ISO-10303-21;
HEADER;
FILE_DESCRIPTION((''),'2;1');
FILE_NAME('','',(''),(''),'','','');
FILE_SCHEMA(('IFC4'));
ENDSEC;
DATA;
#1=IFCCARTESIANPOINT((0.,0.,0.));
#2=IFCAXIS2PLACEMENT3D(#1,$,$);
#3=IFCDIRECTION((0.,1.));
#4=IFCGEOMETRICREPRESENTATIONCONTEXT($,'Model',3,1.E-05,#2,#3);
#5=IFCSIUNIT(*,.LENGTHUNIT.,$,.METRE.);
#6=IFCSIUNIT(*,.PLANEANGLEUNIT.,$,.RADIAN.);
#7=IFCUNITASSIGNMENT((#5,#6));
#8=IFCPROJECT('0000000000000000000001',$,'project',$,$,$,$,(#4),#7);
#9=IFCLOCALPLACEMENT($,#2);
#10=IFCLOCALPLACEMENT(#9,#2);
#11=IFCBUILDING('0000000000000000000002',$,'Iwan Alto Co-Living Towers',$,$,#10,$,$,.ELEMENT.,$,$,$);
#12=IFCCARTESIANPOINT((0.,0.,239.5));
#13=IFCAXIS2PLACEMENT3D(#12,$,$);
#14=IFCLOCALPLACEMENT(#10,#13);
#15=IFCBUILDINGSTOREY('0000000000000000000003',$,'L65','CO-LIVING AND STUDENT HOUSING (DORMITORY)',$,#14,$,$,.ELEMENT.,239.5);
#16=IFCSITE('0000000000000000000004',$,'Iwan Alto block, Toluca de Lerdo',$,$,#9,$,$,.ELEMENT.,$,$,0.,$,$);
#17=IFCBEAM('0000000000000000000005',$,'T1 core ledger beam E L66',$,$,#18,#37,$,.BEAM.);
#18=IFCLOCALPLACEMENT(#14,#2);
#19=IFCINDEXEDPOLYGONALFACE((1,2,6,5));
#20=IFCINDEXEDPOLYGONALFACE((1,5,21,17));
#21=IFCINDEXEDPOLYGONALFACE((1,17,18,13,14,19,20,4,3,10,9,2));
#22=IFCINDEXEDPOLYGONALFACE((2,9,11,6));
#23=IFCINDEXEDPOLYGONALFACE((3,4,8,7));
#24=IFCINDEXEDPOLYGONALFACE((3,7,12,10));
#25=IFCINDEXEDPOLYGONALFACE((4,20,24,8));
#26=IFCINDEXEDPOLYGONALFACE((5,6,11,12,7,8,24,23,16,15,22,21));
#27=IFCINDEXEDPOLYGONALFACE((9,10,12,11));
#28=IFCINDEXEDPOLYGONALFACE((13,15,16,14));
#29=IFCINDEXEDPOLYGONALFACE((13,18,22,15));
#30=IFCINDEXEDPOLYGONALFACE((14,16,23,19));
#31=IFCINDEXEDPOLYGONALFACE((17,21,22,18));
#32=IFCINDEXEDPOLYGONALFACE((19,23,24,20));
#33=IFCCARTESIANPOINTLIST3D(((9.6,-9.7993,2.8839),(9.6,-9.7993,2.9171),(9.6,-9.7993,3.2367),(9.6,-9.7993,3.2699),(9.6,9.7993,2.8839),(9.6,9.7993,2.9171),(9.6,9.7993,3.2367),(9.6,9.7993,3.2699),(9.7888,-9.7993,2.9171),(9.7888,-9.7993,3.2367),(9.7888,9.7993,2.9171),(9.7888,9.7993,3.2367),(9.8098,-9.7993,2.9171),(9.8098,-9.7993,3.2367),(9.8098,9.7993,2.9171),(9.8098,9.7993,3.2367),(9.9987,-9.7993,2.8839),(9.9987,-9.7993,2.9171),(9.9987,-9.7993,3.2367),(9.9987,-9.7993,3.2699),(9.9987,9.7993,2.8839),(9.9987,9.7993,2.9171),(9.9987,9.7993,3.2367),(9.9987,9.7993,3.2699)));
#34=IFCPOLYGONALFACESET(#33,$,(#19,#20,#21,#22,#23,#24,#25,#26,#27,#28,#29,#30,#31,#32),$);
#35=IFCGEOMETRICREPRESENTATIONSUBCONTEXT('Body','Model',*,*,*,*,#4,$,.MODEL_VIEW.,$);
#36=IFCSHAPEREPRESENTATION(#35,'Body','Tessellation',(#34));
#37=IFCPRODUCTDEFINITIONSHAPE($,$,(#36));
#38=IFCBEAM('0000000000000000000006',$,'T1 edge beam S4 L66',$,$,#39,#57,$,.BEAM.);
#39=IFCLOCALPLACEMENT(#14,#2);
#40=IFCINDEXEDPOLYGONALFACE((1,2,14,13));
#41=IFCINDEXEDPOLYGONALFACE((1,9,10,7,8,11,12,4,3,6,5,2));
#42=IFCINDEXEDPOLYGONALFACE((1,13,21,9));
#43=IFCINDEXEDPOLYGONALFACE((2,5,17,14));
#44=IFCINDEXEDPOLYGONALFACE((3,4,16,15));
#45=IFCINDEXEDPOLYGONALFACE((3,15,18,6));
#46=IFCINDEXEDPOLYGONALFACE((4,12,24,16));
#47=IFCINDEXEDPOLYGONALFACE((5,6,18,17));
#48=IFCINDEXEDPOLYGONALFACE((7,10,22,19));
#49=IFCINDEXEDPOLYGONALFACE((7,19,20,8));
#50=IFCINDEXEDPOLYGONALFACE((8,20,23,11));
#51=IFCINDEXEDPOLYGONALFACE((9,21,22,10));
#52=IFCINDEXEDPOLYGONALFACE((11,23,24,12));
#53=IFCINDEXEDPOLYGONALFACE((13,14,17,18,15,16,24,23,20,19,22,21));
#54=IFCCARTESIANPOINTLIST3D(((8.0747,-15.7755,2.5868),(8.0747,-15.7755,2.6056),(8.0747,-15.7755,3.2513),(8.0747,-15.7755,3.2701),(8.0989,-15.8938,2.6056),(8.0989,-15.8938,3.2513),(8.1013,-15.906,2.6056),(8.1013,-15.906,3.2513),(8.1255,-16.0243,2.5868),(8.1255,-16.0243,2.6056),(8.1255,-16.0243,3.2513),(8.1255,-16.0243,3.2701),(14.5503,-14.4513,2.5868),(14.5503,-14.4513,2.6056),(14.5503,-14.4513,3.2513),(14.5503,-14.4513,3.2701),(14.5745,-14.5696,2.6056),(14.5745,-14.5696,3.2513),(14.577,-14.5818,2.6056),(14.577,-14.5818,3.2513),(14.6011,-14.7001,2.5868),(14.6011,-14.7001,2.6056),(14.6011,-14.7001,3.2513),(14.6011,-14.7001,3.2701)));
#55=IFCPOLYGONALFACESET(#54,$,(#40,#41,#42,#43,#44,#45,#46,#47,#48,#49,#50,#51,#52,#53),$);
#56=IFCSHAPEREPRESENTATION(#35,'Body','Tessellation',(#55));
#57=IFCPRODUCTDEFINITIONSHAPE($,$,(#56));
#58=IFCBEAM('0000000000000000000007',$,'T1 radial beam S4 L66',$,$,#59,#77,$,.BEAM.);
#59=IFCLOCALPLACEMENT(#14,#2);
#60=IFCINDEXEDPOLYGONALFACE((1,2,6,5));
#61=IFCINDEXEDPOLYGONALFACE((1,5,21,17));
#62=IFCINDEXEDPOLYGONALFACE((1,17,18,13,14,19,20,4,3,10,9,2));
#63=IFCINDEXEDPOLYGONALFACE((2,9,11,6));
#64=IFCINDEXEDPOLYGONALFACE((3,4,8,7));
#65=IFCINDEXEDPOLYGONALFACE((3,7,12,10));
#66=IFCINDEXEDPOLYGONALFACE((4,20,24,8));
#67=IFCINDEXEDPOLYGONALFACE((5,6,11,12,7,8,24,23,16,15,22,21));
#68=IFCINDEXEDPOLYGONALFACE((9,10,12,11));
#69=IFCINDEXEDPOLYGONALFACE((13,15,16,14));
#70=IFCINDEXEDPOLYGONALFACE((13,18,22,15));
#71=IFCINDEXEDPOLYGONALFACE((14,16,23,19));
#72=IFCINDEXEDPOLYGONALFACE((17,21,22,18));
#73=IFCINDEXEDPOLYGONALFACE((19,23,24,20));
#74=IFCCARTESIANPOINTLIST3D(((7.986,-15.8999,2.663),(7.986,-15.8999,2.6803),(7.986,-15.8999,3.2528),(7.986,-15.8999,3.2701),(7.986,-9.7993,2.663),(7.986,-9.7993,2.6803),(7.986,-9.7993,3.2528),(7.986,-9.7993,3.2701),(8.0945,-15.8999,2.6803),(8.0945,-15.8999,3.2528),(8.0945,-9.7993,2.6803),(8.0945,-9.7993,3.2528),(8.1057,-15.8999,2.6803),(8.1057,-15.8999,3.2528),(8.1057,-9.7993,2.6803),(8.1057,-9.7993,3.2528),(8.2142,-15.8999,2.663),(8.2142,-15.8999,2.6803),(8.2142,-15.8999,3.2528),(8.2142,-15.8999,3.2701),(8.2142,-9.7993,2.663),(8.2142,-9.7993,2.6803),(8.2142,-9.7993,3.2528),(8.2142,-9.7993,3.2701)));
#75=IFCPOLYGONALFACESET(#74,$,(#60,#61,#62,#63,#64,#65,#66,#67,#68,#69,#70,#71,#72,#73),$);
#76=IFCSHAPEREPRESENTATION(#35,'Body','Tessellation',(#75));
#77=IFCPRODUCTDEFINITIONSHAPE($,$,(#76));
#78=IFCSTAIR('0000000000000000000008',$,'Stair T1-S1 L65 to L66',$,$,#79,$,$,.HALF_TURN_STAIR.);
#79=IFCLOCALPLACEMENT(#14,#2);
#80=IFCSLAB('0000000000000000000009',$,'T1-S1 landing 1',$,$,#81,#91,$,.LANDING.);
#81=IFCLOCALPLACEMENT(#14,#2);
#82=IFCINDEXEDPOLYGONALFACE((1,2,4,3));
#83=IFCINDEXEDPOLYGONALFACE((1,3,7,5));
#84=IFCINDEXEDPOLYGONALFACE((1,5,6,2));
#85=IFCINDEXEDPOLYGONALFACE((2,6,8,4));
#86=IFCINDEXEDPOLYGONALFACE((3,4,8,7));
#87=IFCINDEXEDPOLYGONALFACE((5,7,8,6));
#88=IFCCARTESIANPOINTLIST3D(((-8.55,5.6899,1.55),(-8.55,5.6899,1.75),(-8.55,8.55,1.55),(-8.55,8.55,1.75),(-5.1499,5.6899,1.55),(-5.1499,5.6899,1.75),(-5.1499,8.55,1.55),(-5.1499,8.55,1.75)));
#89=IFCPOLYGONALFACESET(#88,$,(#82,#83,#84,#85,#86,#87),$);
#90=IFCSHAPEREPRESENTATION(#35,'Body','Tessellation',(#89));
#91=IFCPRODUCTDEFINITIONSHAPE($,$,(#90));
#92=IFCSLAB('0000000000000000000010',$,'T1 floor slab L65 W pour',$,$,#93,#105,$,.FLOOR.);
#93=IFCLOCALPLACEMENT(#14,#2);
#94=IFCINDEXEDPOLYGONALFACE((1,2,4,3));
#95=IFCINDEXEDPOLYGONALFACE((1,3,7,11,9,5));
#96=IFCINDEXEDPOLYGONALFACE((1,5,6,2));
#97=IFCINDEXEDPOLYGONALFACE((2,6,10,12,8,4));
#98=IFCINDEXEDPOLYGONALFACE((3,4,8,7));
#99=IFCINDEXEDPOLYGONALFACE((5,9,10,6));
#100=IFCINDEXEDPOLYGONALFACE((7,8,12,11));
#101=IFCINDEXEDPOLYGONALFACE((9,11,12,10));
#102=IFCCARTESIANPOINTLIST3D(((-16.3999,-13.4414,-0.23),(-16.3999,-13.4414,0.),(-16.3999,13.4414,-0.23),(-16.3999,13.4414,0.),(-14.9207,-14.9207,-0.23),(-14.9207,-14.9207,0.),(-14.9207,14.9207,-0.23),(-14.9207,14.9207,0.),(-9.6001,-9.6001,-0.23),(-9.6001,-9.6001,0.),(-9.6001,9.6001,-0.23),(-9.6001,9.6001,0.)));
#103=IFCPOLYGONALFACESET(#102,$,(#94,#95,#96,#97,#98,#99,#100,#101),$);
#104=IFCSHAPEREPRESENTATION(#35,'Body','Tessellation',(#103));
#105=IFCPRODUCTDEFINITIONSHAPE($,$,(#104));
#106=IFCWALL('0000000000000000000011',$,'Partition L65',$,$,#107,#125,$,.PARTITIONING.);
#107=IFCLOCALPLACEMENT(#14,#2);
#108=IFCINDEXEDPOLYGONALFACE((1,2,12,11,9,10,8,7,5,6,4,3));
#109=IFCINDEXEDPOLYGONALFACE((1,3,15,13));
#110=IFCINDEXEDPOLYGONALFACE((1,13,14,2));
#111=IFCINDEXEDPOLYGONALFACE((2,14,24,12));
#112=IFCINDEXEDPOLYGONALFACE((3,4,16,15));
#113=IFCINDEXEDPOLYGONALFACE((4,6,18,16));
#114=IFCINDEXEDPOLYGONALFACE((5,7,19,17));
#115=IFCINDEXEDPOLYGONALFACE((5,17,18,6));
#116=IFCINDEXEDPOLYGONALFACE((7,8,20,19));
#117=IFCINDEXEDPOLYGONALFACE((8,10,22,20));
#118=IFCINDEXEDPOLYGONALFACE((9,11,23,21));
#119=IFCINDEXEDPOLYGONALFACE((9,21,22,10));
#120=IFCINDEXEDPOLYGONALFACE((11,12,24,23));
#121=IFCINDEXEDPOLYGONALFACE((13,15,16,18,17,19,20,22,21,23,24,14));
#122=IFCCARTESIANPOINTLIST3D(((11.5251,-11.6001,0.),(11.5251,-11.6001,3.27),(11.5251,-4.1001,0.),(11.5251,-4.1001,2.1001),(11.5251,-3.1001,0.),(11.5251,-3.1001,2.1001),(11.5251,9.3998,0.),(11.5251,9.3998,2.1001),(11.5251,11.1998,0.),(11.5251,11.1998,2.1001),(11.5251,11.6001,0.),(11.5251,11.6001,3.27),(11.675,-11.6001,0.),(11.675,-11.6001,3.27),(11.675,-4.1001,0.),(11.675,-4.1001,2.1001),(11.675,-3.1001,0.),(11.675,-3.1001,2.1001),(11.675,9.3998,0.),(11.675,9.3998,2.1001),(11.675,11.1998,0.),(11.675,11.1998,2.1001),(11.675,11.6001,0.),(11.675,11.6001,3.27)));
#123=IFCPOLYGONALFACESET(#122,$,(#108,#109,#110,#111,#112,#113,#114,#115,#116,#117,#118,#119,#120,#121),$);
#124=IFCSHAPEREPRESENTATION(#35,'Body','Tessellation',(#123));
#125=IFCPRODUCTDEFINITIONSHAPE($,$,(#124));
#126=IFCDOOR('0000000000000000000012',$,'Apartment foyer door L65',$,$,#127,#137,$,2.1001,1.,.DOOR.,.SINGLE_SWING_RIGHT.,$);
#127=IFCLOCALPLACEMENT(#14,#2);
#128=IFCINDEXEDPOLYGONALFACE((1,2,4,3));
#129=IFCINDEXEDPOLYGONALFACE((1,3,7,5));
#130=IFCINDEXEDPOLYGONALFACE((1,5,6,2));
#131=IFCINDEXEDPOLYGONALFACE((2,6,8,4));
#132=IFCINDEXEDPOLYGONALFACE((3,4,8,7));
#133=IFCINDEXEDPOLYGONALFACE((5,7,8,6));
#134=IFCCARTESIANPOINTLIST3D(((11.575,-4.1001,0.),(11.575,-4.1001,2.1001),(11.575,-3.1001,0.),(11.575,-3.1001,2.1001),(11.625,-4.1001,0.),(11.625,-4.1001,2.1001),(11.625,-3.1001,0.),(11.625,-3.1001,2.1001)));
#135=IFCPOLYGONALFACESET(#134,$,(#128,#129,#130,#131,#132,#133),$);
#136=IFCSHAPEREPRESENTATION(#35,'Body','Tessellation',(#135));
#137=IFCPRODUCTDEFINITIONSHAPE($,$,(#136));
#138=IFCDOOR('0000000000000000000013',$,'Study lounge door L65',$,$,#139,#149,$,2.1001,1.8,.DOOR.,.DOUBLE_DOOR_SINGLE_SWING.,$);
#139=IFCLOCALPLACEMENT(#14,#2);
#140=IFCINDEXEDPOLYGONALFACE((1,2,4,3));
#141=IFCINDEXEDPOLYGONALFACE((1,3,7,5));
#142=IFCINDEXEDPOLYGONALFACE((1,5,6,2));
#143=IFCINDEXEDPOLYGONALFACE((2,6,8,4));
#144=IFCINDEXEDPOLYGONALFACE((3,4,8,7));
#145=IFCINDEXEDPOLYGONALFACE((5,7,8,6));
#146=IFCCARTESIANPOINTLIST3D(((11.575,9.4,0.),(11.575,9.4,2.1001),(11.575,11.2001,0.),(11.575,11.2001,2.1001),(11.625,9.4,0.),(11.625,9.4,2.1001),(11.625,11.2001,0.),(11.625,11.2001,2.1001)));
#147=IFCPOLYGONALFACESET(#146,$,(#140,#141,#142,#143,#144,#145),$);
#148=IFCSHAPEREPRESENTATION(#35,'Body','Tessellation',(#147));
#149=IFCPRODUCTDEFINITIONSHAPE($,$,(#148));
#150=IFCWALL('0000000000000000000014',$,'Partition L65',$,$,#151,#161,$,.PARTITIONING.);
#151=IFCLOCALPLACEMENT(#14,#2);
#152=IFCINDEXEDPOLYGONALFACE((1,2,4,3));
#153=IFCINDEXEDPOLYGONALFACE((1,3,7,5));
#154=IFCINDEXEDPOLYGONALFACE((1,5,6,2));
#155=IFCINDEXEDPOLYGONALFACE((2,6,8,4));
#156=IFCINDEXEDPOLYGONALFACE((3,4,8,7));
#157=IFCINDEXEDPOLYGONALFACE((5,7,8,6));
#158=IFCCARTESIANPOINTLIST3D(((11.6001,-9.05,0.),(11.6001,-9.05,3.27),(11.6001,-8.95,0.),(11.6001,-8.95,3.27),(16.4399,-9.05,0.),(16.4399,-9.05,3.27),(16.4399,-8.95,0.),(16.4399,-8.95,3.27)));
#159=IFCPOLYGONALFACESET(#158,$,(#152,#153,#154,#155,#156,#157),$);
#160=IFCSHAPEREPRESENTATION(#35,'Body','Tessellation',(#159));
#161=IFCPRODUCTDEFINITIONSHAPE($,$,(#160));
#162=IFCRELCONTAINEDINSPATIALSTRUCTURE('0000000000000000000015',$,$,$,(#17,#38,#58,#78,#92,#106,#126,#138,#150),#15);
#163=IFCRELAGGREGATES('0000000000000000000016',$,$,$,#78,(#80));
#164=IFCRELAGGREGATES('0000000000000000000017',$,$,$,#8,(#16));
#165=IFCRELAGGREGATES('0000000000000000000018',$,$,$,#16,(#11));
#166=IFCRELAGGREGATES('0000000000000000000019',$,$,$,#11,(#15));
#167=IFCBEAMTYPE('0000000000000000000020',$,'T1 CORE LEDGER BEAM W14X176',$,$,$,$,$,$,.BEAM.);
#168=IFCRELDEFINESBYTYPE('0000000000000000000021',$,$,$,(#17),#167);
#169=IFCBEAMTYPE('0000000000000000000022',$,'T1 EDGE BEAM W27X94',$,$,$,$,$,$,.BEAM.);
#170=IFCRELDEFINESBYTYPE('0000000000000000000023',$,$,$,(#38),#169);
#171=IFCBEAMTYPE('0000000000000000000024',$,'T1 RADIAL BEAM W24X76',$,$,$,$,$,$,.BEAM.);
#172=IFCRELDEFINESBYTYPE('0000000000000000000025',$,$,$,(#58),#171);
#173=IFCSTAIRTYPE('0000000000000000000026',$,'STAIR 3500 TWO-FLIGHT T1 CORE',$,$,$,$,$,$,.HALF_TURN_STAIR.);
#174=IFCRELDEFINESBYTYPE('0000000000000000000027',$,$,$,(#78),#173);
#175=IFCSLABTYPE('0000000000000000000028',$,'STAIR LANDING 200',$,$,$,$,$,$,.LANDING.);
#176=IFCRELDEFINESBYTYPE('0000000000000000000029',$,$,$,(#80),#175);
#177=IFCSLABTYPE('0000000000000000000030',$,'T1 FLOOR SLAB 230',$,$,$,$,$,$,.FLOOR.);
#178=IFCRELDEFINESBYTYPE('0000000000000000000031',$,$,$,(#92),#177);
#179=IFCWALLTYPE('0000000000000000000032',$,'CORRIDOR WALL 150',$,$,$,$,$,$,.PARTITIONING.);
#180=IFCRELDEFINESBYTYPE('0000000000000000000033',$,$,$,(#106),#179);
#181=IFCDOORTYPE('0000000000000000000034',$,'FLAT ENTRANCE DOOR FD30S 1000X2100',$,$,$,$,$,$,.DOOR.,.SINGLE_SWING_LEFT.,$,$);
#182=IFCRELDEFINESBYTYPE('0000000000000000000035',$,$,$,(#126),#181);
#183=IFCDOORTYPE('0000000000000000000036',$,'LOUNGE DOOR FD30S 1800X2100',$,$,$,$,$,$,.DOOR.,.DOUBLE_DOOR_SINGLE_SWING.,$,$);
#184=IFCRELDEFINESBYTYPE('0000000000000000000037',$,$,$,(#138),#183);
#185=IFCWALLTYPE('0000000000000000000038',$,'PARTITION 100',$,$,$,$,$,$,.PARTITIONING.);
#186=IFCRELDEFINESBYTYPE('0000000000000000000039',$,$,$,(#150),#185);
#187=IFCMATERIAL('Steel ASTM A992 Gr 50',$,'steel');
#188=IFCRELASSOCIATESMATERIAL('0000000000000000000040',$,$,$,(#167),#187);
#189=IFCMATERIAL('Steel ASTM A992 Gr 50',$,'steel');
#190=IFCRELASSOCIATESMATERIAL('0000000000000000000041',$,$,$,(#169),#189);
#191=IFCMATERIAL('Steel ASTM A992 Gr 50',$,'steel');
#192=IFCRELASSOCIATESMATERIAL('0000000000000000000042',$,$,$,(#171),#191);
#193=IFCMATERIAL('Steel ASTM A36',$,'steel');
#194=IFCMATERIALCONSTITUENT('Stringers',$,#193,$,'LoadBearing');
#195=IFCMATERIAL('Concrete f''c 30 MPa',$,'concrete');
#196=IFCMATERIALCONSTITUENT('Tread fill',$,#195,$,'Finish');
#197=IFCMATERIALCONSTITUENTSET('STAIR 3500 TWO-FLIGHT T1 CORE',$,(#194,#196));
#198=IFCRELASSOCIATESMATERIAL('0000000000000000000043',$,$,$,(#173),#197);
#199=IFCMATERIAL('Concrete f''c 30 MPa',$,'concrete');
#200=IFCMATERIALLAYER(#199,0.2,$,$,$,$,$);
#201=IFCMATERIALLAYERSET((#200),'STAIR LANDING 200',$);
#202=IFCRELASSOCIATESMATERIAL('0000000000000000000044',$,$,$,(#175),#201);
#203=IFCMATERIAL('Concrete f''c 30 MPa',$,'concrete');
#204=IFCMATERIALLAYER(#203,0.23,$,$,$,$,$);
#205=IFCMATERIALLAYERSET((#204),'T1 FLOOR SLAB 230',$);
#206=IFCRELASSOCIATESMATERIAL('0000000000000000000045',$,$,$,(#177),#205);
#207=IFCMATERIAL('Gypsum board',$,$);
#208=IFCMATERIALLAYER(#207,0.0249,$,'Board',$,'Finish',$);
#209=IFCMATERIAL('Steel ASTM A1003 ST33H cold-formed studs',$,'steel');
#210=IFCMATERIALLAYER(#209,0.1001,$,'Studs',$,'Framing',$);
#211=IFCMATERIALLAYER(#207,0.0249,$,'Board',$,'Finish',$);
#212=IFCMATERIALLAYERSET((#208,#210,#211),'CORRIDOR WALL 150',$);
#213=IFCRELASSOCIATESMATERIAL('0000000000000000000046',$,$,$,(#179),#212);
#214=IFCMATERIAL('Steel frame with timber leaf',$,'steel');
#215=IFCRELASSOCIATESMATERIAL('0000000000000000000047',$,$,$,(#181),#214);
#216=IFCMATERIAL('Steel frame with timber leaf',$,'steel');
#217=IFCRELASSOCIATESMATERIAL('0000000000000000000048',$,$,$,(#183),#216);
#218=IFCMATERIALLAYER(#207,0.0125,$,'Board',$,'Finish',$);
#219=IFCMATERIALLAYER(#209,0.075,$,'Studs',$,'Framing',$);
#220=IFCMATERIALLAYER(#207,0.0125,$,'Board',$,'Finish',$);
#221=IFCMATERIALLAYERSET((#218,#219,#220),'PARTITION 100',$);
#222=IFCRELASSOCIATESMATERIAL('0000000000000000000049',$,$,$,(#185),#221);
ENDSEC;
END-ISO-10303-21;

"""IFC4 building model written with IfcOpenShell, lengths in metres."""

from ifc_helpers import new_model, si_unit, direction, frame, frame_2d, origin, origin_2d, place, context, subcontext, project, spatial, polyline, rectangle, i_section, outline, extrude, material, layer, layer_set, constituent, constituent_set, material_profile, profile_set, type_object, element, fill, aggregate, save


model = new_model("IFC4")

# Units and contexts
model_context = context("Model", 3, precision=1e-05, world=origin(), true_north=direction((0.0, 1.0)))
body_context = subcontext(model_context, "Body", "Model", "MODEL_VIEW")
ifc_project = project(units=[si_unit("LENGTHUNIT", "METRE"), si_unit("PLANEANGLEUNIT", "RADIAN")], contexts=[model_context])

# Site, building, storey
site_placement = place(None, origin())
site = spatial("IfcSite", under=ifc_project, at=site_placement, Name="Iwan Alto block, Toluca de Lerdo", CompositionType="ELEMENT", RefElevation=0.0)
building_placement = place(site_placement, origin())
building = spatial("IfcBuilding", under=site, at=building_placement, Name="Iwan Alto Co-Living Towers", CompositionType="ELEMENT")
storey_placement = place(building_placement, frame((0.0, 0.0, 239.5)))
storey = spatial("IfcBuildingStorey", under=building, at=storey_placement, Name="L65", Description="CO-LIVING AND STUDENT HOUSING (DORMITORY)", CompositionType="ELEMENT", Elevation=239.5)

# Beams
ifc_material_1 = material(Name="Steel ASTM A992 Gr 50", Category="steel")
ifc_material_profile_1 = material_profile(ifc_material_1, i_section(OverallWidth=0.3987, OverallDepth=0.386, WebThickness=0.021, FlangeThickness=0.0332, at=origin_2d()), Name="W14X176")
ifc_profile_set_1 = profile_set([ifc_material_profile_1], Name="Steel ASTM A992 Gr 50")
beam_type_1 = type_object("IfcBeamType", Name="T1 CORE LEDGER BEAM W14X176", PredefinedType="BEAM", material=ifc_profile_set_1)
beam_1_placement = place(storey_placement, frame((9.7993, -9.7993, 3.0769), z_axis=(0.0, 1.0, 0.0), x_axis=(-1.0, 0.0, 0.0)))
element("IfcBeam", 1, at=beam_1_placement, inside=storey, type_object=beam_type_1, Name="T1 core ledger beam E L66", PredefinedType="BEAM", context=body_context, shape_type="SweptSolid", body=[
    extrude(i_section(OverallWidth=0.3987, OverallDepth=0.386, WebThickness=0.021, FlangeThickness=0.0332, at=origin_2d()), origin(), (0.0, 0.0, 1.0), 19.5986),
])
ifc_material_2 = material(Name="Steel ASTM A992 Gr 50", Category="steel")
ifc_material_profile_2 = material_profile(ifc_material_2, i_section(OverallWidth=0.2539, OverallDepth=0.6833, WebThickness=0.0125, FlangeThickness=0.0188, at=origin_2d()), Name="W27X94")
ifc_profile_set_2 = profile_set([ifc_material_profile_2], Name="Steel ASTM A992 Gr 50")
beam_type_2 = type_object("IfcBeamType", Name="T1 EDGE BEAM W27X94", PredefinedType="BEAM", material=ifc_profile_set_2)
beam_2_placement = place(storey_placement, frame((8.1001, -15.8999, 2.9285), z_axis=(0.979725, 0.200348, 0.0), x_axis=(-0.200348, 0.979725, 0.0)))
element("IfcBeam", 2, at=beam_2_placement, inside=storey, type_object=beam_type_2, Name="T1 edge beam S4 L66", PredefinedType="BEAM", context=body_context, shape_type="SweptSolid", body=[
    extrude(i_section(OverallWidth=0.2539, OverallDepth=0.6833, WebThickness=0.0125, FlangeThickness=0.0188, at=origin_2d()), origin(), (0.0, 0.0, 1.0), 6.6096),
])
ifc_material_3 = material(Name="Steel ASTM A992 Gr 50", Category="steel")
ifc_material_profile_3 = material_profile(ifc_material_3, i_section(OverallWidth=0.2283, OverallDepth=0.6072, WebThickness=0.0112, FlangeThickness=0.0173, at=origin_2d()), Name="W24X76")
ifc_profile_set_3 = profile_set([ifc_material_profile_3], Name="Steel ASTM A992 Gr 50")
beam_type_3 = type_object("IfcBeamType", Name="T1 RADIAL BEAM W24X76", PredefinedType="BEAM", material=ifc_profile_set_3)
beam_3_placement = place(storey_placement, frame((8.1001, -15.8999, 2.9666), z_axis=(0.0, 1.0, 0.0), x_axis=(-1.0, 0.0, 0.0)))
element("IfcBeam", 3, at=beam_3_placement, inside=storey, type_object=beam_type_3, Name="T1 radial beam S4 L66", PredefinedType="BEAM", context=body_context, shape_type="SweptSolid", body=[
    extrude(i_section(OverallWidth=0.2283, OverallDepth=0.6072, WebThickness=0.0112, FlangeThickness=0.0173, at=origin_2d()), origin(), (0.0, 0.0, 1.0), 6.1006),
])

# Stair, slab
ifc_material_4 = material(Name="Steel ASTM A36", Category="steel")
ifc_constituent_1 = constituent(ifc_material_4, Name="Stringers", Category="LoadBearing")
ifc_material_5 = material(Name="Concrete f'c 30 MPa", Category="concrete")
ifc_constituent_2 = constituent(ifc_material_5, Name="Tread fill", Category="Finish")
ifc_constituent_set_1 = constituent_set(constituents=[ifc_constituent_1, ifc_constituent_2], Name="STAIR 3500 TWO-FLIGHT T1 CORE")
stair_type = type_object("IfcStairType", Name="STAIR 3500 TWO-FLIGHT T1 CORE", PredefinedType="HALF_TURN_STAIR", material=ifc_constituent_set_1)
stair_1_placement = place(storey_placement, origin())
stair_1 = element("IfcStair", 4, at=stair_1_placement, inside=storey, type_object=stair_type, Name="Stair T1-S1 L65 to L66", PredefinedType="HALF_TURN_STAIR")
ifc_material_6 = material(Name="Concrete f'c 30 MPa", Category="concrete")
ifc_layer_1 = layer(ifc_material_6, 0.2)
ifc_layer_set_1 = layer_set([ifc_layer_1], Name="STAIR LANDING 200")
slab_type_1 = type_object("IfcSlabType", Name="STAIR LANDING 200", PredefinedType="LANDING", material=ifc_layer_set_1)
slab_1_placement = place(storey_placement, frame((0.0, 0.0, 1.55)))
slab_1 = element("IfcSlab", 5, at=slab_1_placement, type_object=slab_type_1, Name="T1-S1 landing 1", PredefinedType="LANDING", context=body_context, shape_type="SweptSolid", body=[
    extrude(outline(polyline([(-8.55, 5.6899), (-8.55, 8.55), (-5.1499, 8.55), (-5.1499, 5.6899), (-8.55, 5.6899)])), origin(), (0.0, 0.0, 1.0), 0.2),
])
aggregate(stair_1, [slab_1])

# Slab
ifc_material_7 = material(Name="Concrete f'c 30 MPa", Category="concrete")
ifc_layer_2 = layer(ifc_material_7, 0.23)
ifc_layer_set_2 = layer_set([ifc_layer_2], Name="T1 FLOOR SLAB 230")
slab_type_2 = type_object("IfcSlabType", Name="T1 FLOOR SLAB 230", PredefinedType="FLOOR", material=ifc_layer_set_2)
slab_2_placement = place(storey_placement, frame((0.0, 0.0, -0.23)))
element("IfcSlab", 6, at=slab_2_placement, inside=storey, type_object=slab_type_2, Name="T1 floor slab L65 W pour", PredefinedType="FLOOR", context=body_context, shape_type="SweptSolid", body=[
    extrude(outline(polyline([(-16.3999, 13.4414), (-14.9207, 14.9207), (-9.6001, 9.6001), (-9.6001, -9.6001), (-14.9207, -14.9207), (-16.3999, -13.4414), (-16.3999, 13.4414)])), origin(), (0.0, 0.0, 1.0), 0.23),
])

# Wall, openings, doors
ifc_material_8 = material(Name="Gypsum board")
ifc_layer_3 = layer(ifc_material_8, 0.0249, Name="Board", Category="Finish")
ifc_material_9 = material(Name="Steel ASTM A1003 ST33H cold-formed studs", Category="steel")
ifc_layer_4 = layer(ifc_material_9, 0.1001, Name="Studs", Category="Framing")
ifc_layer_5 = layer(ifc_material_8, 0.0249, Name="Board", Category="Finish")
ifc_layer_set_3 = layer_set([ifc_layer_3, ifc_layer_4, ifc_layer_5], Name="CORRIDOR WALL 150")
wall_type_1 = type_object("IfcWallType", Name="CORRIDOR WALL 150", PredefinedType="PARTITIONING", material=ifc_layer_set_3)
wall_1_placement = place(storey_placement, frame((11.6001, -11.6001, 0.0), z_axis=(0.0, 0.0, 1.0), x_axis=(0.0, 1.0, 0.0)))
wall_1 = element("IfcWall", 7, at=wall_1_placement, inside=storey, type_object=wall_type_1, Name="Partition L65", PredefinedType="PARTITIONING", context=body_context, shape_type="SweptSolid", body=[
    extrude(rectangle(XDim=23.2002, YDim=0.1499, at=frame_2d((11.6001, 0.0))), origin(), (0.0, 0.0, 1.0), 3.27),
])
opening_1_placement = place(wall_1_placement, frame((7.5, 0.0, 0.0)))
opening_1 = element("IfcOpeningElement", 8, at=opening_1_placement, cuts=wall_1, PredefinedType="OPENING", context=body_context, shape_type="SweptSolid", body=[
    extrude(rectangle(XDim=1.0, YDim=2.1001, at=frame_2d((0.5, 1.05))), frame((0.0, 0.085, 0.0), z_axis=(0.0, -1.0, 0.0), x_axis=(1.0, 0.0, 0.0)), (0.0, 0.0, 1.0), 0.1699),
])
opening_2_placement = place(wall_1_placement, frame((21.0, 0.0, 0.0)))
opening_2 = element("IfcOpeningElement", 9, at=opening_2_placement, cuts=wall_1, PredefinedType="OPENING", context=body_context, shape_type="SweptSolid", body=[
    extrude(rectangle(XDim=1.8, YDim=2.1001, at=frame_2d((0.8999, 1.05))), frame((0.0, 0.085, 0.0), z_axis=(0.0, -1.0, 0.0), x_axis=(1.0, 0.0, 0.0)), (0.0, 0.0, 1.0), 0.1699),
])
ifc_material_10 = material(Name="Steel frame with timber leaf", Category="steel")
door_type_1 = type_object("IfcDoorType", Name="FLAT ENTRANCE DOOR FD30S 1000X2100", OperationType="SINGLE_SWING_LEFT", PredefinedType="DOOR", material=ifc_material_10)
door_1_placement = place(opening_1_placement, frame((1.0, 0.0, 0.0), z_axis=(0.0, 0.0, 1.0), x_axis=(-1.0, 0.0, 0.0)))
door_1 = element("IfcDoor", 10, at=door_1_placement, inside=storey, type_object=door_type_1, Name="Apartment foyer door L65", OperationType="SINGLE_SWING_RIGHT", OverallHeight=2.1001, OverallWidth=1.0, PredefinedType="DOOR", context=body_context, shape_type="SweptSolid", body=[
    extrude(rectangle(XDim=1.0, YDim=2.1001, at=frame_2d((0.5, 1.05))), frame((0.0, 0.0249, 0.0), z_axis=(0.0, -1.0, 0.0), x_axis=(1.0, 0.0, 0.0)), (0.0, 0.0, 1.0), 0.05),
])
fill(opening_1, door_1)
ifc_material_11 = material(Name="Steel frame with timber leaf", Category="steel")
door_type_2 = type_object("IfcDoorType", Name="LOUNGE DOOR FD30S 1800X2100", OperationType="DOUBLE_DOOR_SINGLE_SWING", PredefinedType="DOOR", material=ifc_material_11)
door_2_placement = place(opening_2_placement, frame((1.8, 0.0, 0.0), z_axis=(0.0, 0.0, 1.0), x_axis=(-1.0, 0.0, 0.0)))
door_2 = element("IfcDoor", 11, at=door_2_placement, inside=storey, type_object=door_type_2, Name="Study lounge door L65", OperationType="DOUBLE_DOOR_SINGLE_SWING", OverallHeight=2.1001, OverallWidth=1.8, PredefinedType="DOOR", context=body_context, shape_type="SweptSolid", body=[
    extrude(rectangle(XDim=1.8, YDim=2.1001, at=frame_2d((0.8999, 1.05))), frame((0.0, 0.0249, 0.0), z_axis=(0.0, -1.0, 0.0), x_axis=(1.0, 0.0, 0.0)), (0.0, 0.0, 1.0), 0.05),
])
fill(opening_2, door_2)

# Wall
ifc_layer_6 = layer(ifc_material_8, 0.0125, Name="Board", Category="Finish")
ifc_layer_7 = layer(ifc_material_9, 0.075, Name="Studs", Category="Framing")
ifc_layer_8 = layer(ifc_material_8, 0.0125, Name="Board", Category="Finish")
ifc_layer_set_4 = layer_set([ifc_layer_6, ifc_layer_7, ifc_layer_8], Name="PARTITION 100")
wall_type_2 = type_object("IfcWallType", Name="PARTITION 100", PredefinedType="PARTITIONING", material=ifc_layer_set_4)
wall_2_placement = place(storey_placement, frame((11.6001, -9.0, 0.0), z_axis=(0.0, 0.0, 1.0), x_axis=(1.0, 0.0, 0.0)))
element("IfcWall", 12, at=wall_2_placement, inside=storey, type_object=wall_type_2, Name="Partition L65", PredefinedType="PARTITIONING", context=body_context, shape_type="SweptSolid", body=[
    extrude(rectangle(XDim=4.8398, YDim=0.1001, at=frame_2d((2.4199, 0.0))), origin(), (0.0, 0.0, 1.0), 3.27),
])

save(model, "model.ifc")
